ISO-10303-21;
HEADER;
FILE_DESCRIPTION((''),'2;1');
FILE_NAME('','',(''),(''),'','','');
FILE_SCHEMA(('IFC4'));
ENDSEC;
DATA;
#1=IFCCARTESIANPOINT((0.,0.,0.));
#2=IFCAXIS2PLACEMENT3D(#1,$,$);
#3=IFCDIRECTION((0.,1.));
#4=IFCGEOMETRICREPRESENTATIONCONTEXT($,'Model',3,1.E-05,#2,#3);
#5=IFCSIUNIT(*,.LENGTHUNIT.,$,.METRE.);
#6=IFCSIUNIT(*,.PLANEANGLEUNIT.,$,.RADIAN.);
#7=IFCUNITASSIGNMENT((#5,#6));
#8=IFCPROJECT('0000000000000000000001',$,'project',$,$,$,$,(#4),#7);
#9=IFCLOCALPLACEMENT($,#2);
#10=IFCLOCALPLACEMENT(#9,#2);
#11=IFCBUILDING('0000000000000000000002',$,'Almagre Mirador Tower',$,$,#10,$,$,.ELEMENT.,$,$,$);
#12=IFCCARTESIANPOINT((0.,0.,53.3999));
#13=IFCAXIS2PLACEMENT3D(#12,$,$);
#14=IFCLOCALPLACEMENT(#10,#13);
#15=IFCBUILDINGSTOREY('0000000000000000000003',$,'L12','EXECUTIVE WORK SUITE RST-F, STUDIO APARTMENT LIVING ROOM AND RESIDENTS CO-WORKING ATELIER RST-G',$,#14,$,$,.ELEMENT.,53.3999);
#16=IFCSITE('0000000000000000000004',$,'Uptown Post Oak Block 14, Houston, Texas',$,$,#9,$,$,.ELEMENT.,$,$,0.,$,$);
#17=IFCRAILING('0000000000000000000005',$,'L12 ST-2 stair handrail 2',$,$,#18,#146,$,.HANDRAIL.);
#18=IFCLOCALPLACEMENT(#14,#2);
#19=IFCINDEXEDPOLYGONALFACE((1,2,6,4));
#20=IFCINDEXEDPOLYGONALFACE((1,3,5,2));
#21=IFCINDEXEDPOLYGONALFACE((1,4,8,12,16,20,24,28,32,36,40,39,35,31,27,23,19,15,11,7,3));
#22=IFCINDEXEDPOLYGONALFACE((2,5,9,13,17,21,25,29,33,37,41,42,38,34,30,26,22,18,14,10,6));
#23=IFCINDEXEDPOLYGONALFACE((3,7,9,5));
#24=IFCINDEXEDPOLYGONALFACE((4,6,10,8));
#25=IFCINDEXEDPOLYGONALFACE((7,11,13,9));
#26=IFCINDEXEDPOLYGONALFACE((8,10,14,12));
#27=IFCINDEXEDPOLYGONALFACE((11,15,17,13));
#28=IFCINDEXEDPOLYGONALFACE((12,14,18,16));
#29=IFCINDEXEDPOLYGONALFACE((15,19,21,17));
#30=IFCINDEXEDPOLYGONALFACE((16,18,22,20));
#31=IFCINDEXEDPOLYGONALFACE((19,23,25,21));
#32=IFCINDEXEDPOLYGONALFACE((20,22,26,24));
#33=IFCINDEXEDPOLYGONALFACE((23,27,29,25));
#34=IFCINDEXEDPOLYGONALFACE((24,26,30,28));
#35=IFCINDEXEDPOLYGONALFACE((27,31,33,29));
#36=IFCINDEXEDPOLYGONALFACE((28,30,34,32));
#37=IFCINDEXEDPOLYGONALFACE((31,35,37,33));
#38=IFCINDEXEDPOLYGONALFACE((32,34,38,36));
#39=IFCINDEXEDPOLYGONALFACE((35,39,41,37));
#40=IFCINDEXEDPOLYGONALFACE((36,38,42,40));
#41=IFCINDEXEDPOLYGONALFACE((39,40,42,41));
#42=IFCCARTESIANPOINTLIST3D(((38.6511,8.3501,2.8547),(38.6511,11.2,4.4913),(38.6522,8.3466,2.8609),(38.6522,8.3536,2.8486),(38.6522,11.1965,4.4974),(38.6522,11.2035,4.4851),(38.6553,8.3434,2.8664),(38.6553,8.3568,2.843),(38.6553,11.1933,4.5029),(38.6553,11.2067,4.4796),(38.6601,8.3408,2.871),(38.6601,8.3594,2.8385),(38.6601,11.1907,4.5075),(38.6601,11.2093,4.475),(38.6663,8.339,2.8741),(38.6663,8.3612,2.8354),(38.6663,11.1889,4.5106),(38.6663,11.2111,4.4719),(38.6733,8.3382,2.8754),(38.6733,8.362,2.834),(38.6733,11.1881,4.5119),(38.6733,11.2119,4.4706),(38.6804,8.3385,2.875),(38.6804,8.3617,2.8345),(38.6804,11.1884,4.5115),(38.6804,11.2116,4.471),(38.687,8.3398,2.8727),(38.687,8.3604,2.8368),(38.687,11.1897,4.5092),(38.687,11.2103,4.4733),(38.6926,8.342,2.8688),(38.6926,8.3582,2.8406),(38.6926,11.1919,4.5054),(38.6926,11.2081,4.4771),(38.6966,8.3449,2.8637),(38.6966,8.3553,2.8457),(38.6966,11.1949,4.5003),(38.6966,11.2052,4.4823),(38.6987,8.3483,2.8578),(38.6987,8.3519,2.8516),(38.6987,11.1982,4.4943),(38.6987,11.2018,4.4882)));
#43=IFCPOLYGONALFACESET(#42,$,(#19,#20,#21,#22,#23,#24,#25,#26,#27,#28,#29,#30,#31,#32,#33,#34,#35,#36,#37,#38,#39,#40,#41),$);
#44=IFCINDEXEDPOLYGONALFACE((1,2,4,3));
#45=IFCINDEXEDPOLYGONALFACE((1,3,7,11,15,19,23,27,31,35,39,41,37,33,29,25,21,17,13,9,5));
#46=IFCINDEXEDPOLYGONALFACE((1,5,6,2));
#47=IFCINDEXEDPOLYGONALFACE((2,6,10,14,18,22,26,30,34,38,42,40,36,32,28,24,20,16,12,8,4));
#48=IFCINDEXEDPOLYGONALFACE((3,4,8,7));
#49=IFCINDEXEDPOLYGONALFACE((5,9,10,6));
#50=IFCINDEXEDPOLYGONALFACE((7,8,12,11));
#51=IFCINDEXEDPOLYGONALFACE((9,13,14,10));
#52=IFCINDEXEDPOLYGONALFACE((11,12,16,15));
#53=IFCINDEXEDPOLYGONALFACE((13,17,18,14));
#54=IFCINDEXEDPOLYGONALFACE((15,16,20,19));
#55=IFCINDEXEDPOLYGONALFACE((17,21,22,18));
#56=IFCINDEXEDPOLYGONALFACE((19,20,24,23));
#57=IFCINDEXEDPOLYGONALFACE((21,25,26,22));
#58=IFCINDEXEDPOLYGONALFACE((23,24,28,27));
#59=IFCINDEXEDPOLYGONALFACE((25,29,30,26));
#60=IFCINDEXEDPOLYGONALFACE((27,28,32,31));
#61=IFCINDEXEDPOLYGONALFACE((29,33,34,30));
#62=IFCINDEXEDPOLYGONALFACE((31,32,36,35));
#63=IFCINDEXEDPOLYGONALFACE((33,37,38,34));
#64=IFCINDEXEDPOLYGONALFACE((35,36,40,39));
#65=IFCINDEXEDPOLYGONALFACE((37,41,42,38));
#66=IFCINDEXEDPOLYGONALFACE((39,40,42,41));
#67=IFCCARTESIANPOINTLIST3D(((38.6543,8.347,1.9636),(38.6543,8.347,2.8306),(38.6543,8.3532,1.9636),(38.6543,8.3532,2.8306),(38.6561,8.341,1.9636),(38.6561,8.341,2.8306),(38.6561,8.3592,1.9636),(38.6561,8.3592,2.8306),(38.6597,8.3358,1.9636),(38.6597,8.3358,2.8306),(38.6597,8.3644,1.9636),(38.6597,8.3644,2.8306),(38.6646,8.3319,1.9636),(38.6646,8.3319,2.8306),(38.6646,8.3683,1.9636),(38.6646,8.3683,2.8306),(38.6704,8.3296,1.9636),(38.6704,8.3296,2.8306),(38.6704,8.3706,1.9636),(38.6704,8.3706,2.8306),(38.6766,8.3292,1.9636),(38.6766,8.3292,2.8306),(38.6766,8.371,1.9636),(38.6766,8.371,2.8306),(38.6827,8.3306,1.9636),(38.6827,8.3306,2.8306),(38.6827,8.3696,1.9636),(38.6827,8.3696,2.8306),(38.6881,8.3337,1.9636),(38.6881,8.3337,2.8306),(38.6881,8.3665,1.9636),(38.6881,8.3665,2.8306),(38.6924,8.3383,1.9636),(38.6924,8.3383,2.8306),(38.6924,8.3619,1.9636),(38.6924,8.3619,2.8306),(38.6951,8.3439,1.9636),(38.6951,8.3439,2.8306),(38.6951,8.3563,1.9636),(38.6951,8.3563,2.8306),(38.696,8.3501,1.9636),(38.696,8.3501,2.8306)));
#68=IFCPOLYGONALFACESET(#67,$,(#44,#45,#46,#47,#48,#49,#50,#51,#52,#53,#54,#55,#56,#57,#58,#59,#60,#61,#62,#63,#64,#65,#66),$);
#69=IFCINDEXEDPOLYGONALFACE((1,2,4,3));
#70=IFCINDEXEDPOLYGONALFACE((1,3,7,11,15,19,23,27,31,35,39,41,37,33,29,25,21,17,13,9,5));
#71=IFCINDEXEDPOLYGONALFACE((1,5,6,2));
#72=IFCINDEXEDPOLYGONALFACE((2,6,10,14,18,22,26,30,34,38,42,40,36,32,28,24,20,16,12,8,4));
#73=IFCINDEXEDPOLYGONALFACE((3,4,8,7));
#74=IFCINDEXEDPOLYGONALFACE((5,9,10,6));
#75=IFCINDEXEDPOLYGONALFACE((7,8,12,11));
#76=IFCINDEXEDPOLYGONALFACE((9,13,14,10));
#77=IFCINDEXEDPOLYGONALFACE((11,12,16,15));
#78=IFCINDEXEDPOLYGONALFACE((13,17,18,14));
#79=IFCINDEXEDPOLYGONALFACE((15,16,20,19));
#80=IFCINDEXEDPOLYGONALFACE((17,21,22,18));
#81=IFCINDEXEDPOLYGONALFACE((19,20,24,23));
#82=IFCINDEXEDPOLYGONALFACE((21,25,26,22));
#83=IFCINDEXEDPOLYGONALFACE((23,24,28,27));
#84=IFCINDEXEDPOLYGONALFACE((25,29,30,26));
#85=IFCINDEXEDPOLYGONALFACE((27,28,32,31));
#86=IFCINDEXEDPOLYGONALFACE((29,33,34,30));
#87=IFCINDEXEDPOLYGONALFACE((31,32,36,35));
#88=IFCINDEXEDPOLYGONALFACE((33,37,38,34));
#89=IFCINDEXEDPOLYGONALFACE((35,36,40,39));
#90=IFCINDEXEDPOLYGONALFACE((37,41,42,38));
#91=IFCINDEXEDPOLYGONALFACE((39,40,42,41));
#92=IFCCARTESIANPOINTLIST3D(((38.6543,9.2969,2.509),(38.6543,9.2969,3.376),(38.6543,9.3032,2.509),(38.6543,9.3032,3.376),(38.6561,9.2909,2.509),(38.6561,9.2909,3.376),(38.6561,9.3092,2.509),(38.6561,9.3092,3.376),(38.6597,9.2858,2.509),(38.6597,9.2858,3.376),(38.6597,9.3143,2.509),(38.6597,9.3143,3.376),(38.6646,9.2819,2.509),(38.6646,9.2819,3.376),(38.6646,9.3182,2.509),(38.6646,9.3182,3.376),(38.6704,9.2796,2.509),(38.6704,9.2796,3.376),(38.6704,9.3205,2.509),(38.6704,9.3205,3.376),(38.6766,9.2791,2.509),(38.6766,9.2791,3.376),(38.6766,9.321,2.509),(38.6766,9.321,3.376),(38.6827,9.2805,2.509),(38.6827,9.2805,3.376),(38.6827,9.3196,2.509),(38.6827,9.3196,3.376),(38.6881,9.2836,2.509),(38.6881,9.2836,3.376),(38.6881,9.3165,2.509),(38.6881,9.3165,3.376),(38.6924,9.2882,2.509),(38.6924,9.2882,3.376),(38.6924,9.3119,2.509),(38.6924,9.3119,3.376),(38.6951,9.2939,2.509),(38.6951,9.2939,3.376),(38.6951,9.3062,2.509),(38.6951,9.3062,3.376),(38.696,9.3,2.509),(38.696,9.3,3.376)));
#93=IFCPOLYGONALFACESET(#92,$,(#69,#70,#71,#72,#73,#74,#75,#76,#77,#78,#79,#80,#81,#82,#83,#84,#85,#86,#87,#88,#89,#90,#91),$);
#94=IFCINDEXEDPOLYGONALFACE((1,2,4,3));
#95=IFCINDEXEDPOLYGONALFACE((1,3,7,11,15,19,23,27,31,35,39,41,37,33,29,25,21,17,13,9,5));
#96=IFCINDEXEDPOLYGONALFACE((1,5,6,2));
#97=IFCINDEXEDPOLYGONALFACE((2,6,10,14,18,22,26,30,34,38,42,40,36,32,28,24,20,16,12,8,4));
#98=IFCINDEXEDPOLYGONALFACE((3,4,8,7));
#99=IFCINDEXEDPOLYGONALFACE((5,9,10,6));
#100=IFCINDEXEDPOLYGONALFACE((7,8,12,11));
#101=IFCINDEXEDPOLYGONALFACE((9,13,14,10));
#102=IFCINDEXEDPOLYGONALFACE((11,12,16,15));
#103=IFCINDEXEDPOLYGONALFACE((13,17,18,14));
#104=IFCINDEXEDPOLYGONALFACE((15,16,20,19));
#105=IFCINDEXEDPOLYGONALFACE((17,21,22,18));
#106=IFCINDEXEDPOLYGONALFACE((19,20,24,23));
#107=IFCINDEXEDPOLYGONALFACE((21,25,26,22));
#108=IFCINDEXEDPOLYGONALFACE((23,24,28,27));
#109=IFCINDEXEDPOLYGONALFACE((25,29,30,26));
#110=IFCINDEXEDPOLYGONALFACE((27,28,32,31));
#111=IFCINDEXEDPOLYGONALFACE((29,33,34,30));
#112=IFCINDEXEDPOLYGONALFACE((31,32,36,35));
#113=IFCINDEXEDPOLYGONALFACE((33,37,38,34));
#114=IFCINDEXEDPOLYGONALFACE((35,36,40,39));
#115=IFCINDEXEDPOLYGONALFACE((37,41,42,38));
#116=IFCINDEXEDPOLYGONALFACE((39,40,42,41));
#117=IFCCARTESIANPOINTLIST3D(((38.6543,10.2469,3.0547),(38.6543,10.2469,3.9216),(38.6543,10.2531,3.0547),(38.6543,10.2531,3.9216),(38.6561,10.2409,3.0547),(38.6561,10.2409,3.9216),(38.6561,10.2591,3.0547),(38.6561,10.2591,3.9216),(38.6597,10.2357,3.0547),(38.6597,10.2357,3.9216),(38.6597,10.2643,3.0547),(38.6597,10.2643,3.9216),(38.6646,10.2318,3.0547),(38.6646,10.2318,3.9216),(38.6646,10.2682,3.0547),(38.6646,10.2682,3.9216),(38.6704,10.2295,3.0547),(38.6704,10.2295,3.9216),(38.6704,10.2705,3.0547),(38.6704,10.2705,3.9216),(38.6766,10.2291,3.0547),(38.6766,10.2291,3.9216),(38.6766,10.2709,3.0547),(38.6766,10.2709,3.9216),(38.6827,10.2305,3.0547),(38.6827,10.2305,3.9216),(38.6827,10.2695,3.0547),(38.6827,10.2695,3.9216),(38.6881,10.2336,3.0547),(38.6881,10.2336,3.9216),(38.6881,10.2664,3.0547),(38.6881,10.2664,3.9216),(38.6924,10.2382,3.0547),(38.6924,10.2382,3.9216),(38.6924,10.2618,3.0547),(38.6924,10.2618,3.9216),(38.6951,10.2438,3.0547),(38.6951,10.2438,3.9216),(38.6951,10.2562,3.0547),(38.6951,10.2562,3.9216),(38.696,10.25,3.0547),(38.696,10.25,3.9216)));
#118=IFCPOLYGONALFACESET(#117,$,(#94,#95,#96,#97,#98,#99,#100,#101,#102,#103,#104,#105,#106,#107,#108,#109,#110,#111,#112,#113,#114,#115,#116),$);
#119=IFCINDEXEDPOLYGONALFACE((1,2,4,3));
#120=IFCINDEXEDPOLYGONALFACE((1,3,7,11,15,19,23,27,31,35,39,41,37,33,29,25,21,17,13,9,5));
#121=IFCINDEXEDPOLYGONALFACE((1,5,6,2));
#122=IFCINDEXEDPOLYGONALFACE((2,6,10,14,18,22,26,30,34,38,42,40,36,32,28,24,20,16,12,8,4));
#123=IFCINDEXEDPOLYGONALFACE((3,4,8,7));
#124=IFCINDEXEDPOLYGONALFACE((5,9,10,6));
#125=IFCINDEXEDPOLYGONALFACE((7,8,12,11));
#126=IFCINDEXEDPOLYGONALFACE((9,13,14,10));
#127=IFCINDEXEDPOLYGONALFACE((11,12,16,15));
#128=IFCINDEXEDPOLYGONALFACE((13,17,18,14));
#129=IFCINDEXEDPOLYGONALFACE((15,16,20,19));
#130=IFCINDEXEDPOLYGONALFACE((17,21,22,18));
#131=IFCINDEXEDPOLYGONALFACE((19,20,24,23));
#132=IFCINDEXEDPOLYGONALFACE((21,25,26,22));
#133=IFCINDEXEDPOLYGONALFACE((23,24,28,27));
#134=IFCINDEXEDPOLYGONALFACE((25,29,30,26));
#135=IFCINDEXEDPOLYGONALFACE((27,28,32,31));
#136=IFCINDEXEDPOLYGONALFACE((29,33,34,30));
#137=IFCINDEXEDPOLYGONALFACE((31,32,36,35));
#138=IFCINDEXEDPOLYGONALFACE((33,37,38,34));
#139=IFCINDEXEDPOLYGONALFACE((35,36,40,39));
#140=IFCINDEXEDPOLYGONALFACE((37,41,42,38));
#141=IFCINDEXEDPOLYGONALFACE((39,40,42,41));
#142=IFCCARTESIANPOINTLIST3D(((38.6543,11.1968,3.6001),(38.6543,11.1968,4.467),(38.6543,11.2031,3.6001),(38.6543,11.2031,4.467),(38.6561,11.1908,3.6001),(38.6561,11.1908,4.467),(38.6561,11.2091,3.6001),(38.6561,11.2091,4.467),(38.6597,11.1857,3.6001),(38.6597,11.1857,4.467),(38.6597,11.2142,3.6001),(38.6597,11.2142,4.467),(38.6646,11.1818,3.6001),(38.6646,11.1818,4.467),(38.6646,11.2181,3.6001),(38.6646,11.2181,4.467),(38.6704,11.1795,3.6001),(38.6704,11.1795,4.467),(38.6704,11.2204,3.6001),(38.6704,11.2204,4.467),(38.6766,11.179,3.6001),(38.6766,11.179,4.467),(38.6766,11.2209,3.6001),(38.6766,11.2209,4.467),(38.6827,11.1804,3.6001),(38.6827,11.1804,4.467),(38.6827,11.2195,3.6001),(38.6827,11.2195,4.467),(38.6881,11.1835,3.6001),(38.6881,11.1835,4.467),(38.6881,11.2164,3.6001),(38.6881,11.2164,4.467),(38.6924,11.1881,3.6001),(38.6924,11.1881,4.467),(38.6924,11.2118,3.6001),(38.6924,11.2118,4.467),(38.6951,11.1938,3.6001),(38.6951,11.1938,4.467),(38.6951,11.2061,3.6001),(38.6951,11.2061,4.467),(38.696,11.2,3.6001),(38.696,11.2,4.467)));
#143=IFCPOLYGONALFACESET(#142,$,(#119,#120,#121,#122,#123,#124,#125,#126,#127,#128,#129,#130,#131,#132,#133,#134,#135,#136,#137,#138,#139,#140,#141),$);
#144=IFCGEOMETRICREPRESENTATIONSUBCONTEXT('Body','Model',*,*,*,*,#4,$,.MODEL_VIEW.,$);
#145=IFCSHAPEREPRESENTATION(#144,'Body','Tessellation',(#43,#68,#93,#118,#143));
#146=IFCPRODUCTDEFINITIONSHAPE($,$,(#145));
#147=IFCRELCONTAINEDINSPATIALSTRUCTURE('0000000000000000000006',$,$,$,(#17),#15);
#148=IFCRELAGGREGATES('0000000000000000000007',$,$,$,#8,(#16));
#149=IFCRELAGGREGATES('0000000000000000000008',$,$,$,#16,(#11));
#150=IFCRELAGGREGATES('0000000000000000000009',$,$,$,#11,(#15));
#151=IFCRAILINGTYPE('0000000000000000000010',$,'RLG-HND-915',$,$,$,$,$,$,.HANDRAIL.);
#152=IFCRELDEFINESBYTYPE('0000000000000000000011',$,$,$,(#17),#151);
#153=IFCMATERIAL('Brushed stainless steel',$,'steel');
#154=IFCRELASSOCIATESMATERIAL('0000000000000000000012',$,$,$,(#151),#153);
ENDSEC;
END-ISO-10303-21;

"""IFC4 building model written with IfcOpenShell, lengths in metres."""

from ifc_helpers import new_model, si_unit, direction, frame, origin, origin_2d, place, context, subcontext, project, spatial, circle, extrude, material, type_object, element, save


model = new_model("IFC4")

# Units and contexts
model_context = context("Model", 3, precision=1e-05, world=origin(), true_north=direction((0.0, 1.0)))
body_context = subcontext(model_context, "Body", "Model", "MODEL_VIEW")
ifc_project = project(units=[si_unit("LENGTHUNIT", "METRE"), si_unit("PLANEANGLEUNIT", "RADIAN")], contexts=[model_context])

# Site, building, storey
site_placement = place(None, origin())
site = spatial("IfcSite", under=ifc_project, at=site_placement, Name="Uptown Post Oak Block 14, Houston, Texas", CompositionType="ELEMENT", RefElevation=0.0)
building_placement = place(site_placement, origin())
building = spatial("IfcBuilding", under=site, at=building_placement, Name="Almagre Mirador Tower", CompositionType="ELEMENT")
storey_placement = place(building_placement, frame((0.0, 0.0, 53.3999)))
storey = spatial("IfcBuildingStorey", under=building, at=storey_placement, Name="L12", Description="EXECUTIVE WORK SUITE RST-F, STUDIO APARTMENT LIVING ROOM AND RESIDENTS CO-WORKING ATELIER RST-G", CompositionType="ELEMENT", Elevation=53.3999)

# Railing
ifc_material_1 = material(Name="Brushed stainless steel", Category="steel")
railing_type_1 = type_object("IfcRailingType", Name="RLG-HND-915", PredefinedType="HANDRAIL", material=ifc_material_1)
railing_1_placement = place(storey_placement, frame((38.675, 8.3501, 1.9636)))
element("IfcRailing", 1, at=railing_1_placement, inside=storey, type_object=railing_type_1, Name="L12 ST-2 stair handrail 2", PredefinedType="HANDRAIL", context=body_context, shape_type="SweptSolid", body=[
    extrude(circle(Radius=0.0239, at=origin_2d()), frame((0.0, 0.0, 0.8911), z_axis=(0.0, 0.867194, 0.49797), x_axis=(-1.0, 0.0, 0.0)), (0.0, 0.0, 1.0), 3.2864),
    extrude(circle(Radius=0.021, at=origin_2d()), origin(), (0.0, 0.0, 1.0), 0.8669),
    extrude(circle(Radius=0.021, at=origin_2d()), frame((0.0, 0.95, 0.5454)), (0.0, 0.0, 1.0), 0.8669),
    extrude(circle(Radius=0.021, at=origin_2d()), frame((0.0, 1.8999, 1.0911)), (0.0, 0.0, 1.0), 0.8669),
    extrude(circle(Radius=0.021, at=origin_2d()), frame((0.0, 2.8499, 1.6365)), (0.0, 0.0, 1.0), 0.8669),
])

save(model, "model.ifc")
